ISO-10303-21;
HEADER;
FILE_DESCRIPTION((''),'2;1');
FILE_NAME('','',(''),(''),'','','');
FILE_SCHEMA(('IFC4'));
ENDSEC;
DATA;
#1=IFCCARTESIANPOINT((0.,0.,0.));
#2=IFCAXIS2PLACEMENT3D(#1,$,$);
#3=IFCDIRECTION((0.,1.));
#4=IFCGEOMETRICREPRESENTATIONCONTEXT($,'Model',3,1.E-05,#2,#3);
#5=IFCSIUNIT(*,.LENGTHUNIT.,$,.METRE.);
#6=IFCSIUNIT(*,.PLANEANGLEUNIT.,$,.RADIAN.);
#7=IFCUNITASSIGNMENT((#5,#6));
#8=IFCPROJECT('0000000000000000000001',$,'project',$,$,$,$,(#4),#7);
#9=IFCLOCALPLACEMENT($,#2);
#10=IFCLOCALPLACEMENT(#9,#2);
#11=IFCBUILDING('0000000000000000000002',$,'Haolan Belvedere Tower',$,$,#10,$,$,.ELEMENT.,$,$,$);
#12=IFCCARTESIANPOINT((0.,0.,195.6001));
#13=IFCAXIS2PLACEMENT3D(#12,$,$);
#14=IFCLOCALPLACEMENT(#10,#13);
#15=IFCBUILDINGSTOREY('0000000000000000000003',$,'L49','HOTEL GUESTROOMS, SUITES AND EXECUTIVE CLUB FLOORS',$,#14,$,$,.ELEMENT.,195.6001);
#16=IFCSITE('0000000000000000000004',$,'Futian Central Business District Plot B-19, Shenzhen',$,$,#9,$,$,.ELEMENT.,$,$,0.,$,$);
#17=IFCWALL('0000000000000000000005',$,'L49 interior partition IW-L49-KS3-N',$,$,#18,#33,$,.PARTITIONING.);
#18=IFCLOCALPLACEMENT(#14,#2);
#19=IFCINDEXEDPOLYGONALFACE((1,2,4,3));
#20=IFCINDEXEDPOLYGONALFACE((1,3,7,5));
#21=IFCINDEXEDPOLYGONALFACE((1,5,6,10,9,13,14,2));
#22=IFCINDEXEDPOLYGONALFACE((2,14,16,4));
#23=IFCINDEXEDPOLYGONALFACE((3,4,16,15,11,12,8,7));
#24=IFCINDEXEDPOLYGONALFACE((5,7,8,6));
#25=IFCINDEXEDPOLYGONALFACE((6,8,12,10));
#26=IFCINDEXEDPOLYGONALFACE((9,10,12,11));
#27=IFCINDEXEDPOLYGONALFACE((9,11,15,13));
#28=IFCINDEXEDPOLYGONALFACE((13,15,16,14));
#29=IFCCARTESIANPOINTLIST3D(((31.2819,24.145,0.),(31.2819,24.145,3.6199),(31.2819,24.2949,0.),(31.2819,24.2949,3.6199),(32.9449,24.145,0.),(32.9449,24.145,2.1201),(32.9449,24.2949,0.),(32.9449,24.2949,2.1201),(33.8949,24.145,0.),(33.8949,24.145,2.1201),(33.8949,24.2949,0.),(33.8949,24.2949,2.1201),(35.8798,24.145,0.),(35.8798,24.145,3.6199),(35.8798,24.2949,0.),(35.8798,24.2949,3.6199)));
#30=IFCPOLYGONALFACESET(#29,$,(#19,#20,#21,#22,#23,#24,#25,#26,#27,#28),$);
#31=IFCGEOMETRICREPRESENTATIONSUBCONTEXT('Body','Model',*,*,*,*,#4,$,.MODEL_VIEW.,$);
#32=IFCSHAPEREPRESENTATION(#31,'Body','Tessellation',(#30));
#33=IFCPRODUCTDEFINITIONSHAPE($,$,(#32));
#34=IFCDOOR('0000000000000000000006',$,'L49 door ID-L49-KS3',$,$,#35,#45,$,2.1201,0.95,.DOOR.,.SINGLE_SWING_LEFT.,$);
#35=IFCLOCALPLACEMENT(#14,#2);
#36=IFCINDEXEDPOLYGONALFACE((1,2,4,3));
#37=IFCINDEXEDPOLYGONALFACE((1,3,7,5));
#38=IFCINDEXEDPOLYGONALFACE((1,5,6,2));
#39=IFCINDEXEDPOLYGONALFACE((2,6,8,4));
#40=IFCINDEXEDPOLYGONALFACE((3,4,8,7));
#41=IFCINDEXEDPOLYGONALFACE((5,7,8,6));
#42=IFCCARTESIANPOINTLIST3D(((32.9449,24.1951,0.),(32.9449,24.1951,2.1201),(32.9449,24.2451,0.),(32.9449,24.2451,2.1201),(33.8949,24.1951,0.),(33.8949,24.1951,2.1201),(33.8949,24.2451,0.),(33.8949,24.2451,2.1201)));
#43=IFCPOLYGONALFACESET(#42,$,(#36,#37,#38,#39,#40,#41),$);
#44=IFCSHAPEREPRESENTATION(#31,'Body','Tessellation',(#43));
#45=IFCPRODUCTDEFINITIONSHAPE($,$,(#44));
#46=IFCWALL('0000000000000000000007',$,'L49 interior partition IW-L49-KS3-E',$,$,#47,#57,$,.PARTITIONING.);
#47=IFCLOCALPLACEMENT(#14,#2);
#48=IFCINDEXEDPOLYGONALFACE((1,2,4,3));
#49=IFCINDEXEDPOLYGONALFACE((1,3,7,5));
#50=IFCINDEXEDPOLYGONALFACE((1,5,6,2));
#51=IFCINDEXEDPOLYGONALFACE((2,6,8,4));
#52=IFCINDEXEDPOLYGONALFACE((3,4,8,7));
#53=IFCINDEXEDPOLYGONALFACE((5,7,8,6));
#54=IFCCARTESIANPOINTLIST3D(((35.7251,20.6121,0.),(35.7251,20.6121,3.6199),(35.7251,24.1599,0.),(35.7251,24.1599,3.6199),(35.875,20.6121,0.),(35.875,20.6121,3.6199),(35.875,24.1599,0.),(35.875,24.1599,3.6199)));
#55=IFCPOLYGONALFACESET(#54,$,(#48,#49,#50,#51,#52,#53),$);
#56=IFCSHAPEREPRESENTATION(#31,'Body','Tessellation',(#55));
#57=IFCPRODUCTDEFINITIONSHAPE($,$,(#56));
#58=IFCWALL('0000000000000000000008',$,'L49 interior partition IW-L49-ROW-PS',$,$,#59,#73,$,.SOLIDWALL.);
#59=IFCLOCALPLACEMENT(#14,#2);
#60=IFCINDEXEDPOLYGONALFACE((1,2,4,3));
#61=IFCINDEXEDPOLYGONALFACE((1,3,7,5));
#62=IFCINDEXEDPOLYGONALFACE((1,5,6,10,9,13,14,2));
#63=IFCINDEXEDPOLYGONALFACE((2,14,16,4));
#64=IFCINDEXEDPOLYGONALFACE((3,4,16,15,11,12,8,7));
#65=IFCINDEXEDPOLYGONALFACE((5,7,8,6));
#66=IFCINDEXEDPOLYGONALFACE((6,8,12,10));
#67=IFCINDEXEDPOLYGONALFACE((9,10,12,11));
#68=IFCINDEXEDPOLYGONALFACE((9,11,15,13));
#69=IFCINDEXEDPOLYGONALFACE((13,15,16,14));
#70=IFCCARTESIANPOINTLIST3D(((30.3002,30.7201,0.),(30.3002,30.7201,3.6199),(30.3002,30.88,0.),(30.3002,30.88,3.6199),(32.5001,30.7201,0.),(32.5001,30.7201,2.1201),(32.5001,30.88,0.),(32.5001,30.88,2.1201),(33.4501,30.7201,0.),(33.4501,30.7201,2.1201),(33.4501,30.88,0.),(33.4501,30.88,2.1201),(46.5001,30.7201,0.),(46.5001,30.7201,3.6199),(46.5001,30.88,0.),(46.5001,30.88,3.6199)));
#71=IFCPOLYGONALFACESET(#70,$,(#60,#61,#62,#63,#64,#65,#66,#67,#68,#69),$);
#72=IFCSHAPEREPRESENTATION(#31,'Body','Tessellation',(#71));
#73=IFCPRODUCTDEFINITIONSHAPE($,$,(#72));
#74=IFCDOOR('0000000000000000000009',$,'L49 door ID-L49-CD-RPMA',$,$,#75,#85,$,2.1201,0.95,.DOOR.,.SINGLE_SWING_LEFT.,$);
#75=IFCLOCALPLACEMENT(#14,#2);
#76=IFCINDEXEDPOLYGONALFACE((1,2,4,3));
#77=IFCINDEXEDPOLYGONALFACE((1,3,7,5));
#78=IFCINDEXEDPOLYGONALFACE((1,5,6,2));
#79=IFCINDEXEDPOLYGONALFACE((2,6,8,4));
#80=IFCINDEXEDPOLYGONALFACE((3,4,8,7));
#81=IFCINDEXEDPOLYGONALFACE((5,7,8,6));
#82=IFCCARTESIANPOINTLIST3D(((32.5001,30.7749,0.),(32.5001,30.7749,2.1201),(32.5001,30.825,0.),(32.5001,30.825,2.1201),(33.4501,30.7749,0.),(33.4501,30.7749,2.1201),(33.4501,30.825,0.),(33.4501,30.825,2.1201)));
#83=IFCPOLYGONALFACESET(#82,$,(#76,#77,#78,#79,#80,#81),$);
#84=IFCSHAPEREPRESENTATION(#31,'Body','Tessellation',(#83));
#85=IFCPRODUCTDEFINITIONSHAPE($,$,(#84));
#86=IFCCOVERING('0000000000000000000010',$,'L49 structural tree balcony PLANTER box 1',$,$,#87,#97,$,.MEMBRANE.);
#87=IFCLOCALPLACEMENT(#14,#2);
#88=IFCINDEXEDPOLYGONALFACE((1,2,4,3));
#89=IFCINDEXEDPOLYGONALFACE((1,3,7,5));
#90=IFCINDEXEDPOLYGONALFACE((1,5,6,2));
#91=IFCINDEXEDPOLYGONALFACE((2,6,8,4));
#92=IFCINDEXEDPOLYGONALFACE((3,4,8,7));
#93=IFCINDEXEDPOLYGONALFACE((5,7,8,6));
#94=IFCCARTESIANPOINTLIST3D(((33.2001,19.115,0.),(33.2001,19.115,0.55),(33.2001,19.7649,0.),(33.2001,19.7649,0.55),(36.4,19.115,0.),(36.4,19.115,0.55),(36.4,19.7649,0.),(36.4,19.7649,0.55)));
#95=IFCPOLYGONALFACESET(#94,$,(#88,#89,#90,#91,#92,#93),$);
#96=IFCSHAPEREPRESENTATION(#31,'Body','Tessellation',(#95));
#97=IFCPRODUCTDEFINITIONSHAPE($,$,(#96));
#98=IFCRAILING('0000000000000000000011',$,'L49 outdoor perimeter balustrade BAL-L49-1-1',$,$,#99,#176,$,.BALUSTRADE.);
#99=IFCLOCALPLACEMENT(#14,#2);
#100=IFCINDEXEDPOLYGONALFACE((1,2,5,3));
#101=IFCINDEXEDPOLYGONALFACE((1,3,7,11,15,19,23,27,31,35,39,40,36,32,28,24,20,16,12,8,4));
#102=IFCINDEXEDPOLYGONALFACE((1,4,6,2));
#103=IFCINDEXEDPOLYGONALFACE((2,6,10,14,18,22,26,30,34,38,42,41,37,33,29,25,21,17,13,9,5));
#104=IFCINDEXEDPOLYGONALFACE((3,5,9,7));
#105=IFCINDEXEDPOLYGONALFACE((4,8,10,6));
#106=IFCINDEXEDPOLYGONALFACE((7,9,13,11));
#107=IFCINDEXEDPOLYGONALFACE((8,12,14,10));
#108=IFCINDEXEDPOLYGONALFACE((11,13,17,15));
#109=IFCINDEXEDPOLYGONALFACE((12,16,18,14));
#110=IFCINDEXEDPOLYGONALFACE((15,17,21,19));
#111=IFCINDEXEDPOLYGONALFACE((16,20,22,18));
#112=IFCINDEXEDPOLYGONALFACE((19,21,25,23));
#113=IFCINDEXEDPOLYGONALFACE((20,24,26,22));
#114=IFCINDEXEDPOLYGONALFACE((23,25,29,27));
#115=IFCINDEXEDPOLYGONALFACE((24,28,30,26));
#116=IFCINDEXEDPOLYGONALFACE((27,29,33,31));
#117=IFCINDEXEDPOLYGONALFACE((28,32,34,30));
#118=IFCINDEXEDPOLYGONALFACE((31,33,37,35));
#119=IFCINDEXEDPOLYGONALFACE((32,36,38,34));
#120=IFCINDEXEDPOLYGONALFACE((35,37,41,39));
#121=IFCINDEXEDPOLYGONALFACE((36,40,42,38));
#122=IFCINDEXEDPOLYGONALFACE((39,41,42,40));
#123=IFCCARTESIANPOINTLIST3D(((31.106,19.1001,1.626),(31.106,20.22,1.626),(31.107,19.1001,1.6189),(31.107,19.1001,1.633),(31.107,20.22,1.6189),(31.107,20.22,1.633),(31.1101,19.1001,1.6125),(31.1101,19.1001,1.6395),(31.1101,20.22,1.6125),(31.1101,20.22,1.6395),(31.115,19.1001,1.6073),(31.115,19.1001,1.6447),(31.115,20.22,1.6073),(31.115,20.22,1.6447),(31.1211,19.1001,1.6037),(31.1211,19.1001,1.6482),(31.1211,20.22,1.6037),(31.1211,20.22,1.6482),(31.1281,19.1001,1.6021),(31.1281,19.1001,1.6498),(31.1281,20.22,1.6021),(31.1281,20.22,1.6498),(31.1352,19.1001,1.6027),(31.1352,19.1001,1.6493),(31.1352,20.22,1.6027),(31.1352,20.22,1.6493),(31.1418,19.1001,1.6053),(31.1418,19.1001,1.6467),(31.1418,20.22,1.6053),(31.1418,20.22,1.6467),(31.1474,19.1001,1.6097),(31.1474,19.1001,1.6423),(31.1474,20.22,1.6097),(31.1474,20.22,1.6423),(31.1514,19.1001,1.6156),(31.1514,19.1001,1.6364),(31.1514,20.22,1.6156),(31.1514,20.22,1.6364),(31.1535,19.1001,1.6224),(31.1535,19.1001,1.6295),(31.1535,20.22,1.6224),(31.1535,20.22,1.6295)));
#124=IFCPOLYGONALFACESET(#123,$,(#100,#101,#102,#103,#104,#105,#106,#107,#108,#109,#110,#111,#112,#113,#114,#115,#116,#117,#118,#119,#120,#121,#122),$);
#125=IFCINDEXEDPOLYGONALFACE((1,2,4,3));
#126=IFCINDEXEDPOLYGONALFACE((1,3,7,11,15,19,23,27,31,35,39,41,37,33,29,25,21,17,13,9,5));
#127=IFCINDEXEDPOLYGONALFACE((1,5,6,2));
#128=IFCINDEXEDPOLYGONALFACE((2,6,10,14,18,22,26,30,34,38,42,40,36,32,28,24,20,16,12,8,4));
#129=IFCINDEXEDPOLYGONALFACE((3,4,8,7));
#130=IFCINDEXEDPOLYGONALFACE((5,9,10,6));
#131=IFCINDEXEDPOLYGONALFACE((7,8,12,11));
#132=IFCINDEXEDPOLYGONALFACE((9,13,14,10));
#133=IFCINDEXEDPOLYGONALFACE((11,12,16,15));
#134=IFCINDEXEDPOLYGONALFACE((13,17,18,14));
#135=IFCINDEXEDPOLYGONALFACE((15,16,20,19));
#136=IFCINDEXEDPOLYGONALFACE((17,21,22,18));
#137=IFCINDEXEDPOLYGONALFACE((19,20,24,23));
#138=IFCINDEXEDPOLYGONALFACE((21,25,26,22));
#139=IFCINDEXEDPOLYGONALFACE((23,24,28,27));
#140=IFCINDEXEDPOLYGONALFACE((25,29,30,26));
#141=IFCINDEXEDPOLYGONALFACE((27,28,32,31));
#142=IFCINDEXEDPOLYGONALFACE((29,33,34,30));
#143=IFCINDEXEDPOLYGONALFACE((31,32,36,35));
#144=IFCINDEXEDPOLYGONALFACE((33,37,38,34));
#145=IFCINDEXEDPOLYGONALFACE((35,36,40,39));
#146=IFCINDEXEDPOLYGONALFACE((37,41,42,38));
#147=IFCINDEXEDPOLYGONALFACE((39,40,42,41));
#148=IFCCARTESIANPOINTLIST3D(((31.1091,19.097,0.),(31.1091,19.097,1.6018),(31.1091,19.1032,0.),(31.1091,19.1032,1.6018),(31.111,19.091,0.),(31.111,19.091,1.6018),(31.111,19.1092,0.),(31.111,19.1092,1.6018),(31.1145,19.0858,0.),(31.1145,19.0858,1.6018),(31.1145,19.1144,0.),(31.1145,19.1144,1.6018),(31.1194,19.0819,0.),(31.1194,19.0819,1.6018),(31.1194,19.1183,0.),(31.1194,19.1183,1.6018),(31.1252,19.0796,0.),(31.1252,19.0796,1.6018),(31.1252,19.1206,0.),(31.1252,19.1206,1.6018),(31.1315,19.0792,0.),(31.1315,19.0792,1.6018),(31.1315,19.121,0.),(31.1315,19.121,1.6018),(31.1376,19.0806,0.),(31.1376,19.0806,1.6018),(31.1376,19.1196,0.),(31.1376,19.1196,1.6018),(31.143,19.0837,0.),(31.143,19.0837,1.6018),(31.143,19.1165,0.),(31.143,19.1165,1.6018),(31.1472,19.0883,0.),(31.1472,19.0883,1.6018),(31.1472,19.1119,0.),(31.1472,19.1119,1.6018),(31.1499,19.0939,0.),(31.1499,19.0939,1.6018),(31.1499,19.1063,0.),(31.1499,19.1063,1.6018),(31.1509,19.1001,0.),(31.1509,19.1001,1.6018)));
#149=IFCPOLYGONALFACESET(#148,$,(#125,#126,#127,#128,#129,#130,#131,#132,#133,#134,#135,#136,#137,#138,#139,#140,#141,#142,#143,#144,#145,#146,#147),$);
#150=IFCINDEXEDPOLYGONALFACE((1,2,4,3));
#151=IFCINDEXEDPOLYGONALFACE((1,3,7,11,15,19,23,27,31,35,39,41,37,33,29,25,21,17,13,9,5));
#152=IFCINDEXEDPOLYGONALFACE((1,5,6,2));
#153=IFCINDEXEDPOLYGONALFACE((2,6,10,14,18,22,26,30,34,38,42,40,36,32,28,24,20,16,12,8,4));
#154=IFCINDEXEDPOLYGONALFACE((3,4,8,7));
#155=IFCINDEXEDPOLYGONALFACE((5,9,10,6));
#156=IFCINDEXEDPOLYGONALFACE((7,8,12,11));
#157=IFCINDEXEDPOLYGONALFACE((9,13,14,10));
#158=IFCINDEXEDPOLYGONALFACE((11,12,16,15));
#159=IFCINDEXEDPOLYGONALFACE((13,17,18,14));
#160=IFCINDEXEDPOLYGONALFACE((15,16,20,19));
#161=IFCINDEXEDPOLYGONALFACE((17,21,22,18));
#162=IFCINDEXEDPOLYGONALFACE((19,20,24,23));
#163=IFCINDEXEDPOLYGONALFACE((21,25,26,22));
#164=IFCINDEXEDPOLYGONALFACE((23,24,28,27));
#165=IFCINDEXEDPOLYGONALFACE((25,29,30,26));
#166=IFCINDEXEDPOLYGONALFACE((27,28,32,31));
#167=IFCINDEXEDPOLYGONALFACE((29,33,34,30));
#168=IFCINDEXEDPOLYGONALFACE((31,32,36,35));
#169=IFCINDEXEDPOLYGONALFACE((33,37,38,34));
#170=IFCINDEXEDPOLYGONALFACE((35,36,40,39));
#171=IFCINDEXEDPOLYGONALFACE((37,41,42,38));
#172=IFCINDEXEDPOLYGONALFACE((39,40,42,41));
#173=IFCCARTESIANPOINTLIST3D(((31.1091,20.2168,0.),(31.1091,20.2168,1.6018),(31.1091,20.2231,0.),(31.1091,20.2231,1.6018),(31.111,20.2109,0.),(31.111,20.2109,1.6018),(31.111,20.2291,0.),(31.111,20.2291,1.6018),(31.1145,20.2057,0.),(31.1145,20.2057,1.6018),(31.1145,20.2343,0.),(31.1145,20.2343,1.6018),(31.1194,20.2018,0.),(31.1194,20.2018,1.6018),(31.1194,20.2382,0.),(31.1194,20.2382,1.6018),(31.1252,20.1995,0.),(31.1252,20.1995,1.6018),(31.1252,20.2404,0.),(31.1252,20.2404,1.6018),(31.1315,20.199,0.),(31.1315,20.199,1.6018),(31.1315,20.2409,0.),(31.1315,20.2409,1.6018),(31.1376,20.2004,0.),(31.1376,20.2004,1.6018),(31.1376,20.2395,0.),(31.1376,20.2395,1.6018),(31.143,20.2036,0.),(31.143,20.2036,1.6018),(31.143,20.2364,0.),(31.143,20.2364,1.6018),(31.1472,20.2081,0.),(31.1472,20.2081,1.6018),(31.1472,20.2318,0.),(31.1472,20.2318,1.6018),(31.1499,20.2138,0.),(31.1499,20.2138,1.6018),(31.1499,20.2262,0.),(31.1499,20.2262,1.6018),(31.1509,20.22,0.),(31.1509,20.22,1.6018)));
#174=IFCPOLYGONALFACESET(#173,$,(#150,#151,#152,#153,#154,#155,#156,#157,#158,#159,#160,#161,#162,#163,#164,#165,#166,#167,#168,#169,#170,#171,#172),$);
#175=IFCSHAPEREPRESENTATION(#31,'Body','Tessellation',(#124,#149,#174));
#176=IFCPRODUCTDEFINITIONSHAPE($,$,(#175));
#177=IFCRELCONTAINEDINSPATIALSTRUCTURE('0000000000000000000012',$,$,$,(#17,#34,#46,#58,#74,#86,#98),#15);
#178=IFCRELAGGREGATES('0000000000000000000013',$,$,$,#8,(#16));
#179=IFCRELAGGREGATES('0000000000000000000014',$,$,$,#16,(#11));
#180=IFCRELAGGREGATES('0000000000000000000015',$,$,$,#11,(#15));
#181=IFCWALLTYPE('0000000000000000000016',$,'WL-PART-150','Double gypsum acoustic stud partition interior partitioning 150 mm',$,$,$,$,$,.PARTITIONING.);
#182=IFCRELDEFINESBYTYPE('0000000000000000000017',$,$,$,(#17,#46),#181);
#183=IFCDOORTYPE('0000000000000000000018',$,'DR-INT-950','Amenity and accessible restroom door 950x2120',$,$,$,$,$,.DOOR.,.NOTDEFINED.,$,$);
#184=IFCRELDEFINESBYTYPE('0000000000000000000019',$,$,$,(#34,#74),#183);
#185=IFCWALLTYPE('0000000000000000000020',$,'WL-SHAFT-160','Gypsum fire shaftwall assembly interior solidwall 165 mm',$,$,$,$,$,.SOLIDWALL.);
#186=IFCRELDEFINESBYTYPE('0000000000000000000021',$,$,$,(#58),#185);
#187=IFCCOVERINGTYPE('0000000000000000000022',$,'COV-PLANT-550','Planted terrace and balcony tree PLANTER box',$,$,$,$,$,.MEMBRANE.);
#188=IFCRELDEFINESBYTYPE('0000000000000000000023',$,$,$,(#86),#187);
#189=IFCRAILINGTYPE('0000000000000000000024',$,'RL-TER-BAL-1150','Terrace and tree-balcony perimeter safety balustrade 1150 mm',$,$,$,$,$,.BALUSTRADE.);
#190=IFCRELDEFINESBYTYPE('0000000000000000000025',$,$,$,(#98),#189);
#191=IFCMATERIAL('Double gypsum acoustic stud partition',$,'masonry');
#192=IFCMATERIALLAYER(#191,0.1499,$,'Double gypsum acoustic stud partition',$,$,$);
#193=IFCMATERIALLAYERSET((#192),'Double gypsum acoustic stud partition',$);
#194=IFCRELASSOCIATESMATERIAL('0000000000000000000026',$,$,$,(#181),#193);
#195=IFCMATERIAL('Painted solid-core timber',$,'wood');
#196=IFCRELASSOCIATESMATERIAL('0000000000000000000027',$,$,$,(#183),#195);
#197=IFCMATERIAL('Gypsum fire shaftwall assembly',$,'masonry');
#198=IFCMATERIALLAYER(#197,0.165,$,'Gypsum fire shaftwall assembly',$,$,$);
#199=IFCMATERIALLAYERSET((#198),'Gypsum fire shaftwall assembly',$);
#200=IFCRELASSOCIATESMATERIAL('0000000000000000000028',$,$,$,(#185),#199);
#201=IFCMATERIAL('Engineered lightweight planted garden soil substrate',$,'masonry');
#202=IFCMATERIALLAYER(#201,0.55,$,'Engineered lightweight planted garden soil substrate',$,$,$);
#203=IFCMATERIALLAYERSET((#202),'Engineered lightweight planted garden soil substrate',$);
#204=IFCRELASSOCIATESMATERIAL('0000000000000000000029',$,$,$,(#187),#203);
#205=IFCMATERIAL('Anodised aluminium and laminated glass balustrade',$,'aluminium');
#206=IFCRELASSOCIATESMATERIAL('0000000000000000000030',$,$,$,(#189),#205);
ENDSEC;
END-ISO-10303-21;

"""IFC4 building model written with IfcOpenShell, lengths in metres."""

from ifc_helpers import new_model, si_unit, direction, frame, frame_2d, origin, origin_2d, place, context, subcontext, project, spatial, rectangle, circle, extrude, material, layer, layer_set, type_object, element, fill, save


model = new_model("IFC4")

# Units and contexts
model_context = context("Model", 3, precision=1e-05, world=origin(), true_north=direction((0.0, 1.0)))
body_context = subcontext(model_context, "Body", "Model", "MODEL_VIEW")
ifc_project = project(units=[si_unit("LENGTHUNIT", "METRE"), si_unit("PLANEANGLEUNIT", "RADIAN")], contexts=[model_context])

# Site, building, storey
site_placement = place(None, origin())
site = spatial("IfcSite", under=ifc_project, at=site_placement, Name="Futian Central Business District Plot B-19, Shenzhen", CompositionType="ELEMENT", RefElevation=0.0)
building_placement = place(site_placement, origin())
building = spatial("IfcBuilding", under=site, at=building_placement, Name="Haolan Belvedere Tower", CompositionType="ELEMENT")
storey_placement = place(building_placement, frame((0.0, 0.0, 195.6001)))
storey = spatial("IfcBuildingStorey", under=building, at=storey_placement, Name="L49", Description="HOTEL GUESTROOMS, SUITES AND EXECUTIVE CLUB FLOORS", CompositionType="ELEMENT", Elevation=195.6001)

# Shared definitions
ifc_material_1 = material(Name="Double gypsum acoustic stud partition", Category="masonry")
ifc_layer_1 = layer(ifc_material_1, 0.1499, Name="Double gypsum acoustic stud partition")
ifc_layer_set_1 = layer_set([ifc_layer_1], Name="Double gypsum acoustic stud partition")
wall_type_1 = type_object("IfcWallType", Name="WL-PART-150", Description="Double gypsum acoustic stud partition interior partitioning 150 mm", PredefinedType="PARTITIONING", material=ifc_layer_set_1)
ifc_material_2 = material(Name="Painted solid-core timber", Category="wood")
door_type_1 = type_object("IfcDoorType", Name="DR-INT-950", Description="Amenity and accessible restroom door 950x2120", OperationType="NOTDEFINED", PredefinedType="DOOR", material=ifc_material_2)

# Wall, opening, door
wall_1_placement = place(storey_placement, frame((31.282, 24.22, 0.0), z_axis=(0.0, 0.0, 1.0), x_axis=(1.0, 0.0, 0.0)))
wall_1 = element("IfcWall", 1, at=wall_1_placement, inside=storey, type_object=wall_type_1, Name="L49 interior partition IW-L49-KS3-N", PredefinedType="PARTITIONING", context=body_context, shape_type="SweptSolid", body=[
    extrude(rectangle(XDim=4.5979, YDim=0.1499, at=frame_2d((2.2988, 0.0))), origin(), (0.0, 0.0, 1.0), 3.6199),
])
opening_1_placement = place(wall_1_placement, frame((2.613, 0.0, 0.0), z_axis=(0.0, 0.0, 1.0), x_axis=(-1.0, 0.0, 0.0)))
opening_1 = element("IfcOpeningElement", 2, at=opening_1_placement, cuts=wall_1, PredefinedType="OPENING", context=body_context, shape_type="SweptSolid", body=[
    extrude(rectangle(XDim=0.95, YDim=2.1201, at=frame_2d((0.4751, 1.0601))), frame((0.0, 0.085, 0.0), z_axis=(0.0, -1.0, 0.0), x_axis=(1.0, 0.0, 0.0)), (0.0, 0.0, 1.0), 0.1699),
])
door_1_placement = place(opening_1_placement, origin())
door_1 = element("IfcDoor", 3, at=door_1_placement, inside=storey, type_object=door_type_1, Name="L49 door ID-L49-KS3", OperationType="SINGLE_SWING_LEFT", OverallHeight=2.1201, OverallWidth=0.95, PredefinedType="DOOR", context=body_context, shape_type="SweptSolid", body=[
    extrude(rectangle(XDim=0.95, YDim=2.1201, at=frame_2d((0.4751, 1.0601))), frame((0.0, 0.0249, 0.0), z_axis=(0.0, -1.0, 0.0), x_axis=(1.0, 0.0, 0.0)), (0.0, 0.0, 1.0), 0.05),
])
fill(opening_1, door_1)

# Wall
wall_2_placement = place(storey_placement, frame((35.8, 20.6121, 0.0), z_axis=(0.0, 0.0, 1.0), x_axis=(0.0, 1.0, 0.0)))
element("IfcWall", 4, at=wall_2_placement, inside=storey, type_object=wall_type_1, Name="L49 interior partition IW-L49-KS3-E", PredefinedType="PARTITIONING", context=body_context, shape_type="SweptSolid", body=[
    extrude(rectangle(XDim=3.5479, YDim=0.1499, at=frame_2d((1.7739, 0.0))), origin(), (0.0, 0.0, 1.0), 3.6199),
])

# Wall, opening, door
ifc_material_3 = material(Name="Gypsum fire shaftwall assembly", Category="masonry")
ifc_layer_2 = layer(ifc_material_3, 0.165, Name="Gypsum fire shaftwall assembly")
ifc_layer_set_2 = layer_set([ifc_layer_2], Name="Gypsum fire shaftwall assembly")
wall_type_2 = type_object("IfcWallType", Name="WL-SHAFT-160", Description="Gypsum fire shaftwall assembly interior solidwall 165 mm", PredefinedType="SOLIDWALL", material=ifc_layer_set_2)
wall_3_placement = place(storey_placement, frame((30.3, 30.8, 0.0), z_axis=(0.0, 0.0, 1.0), x_axis=(1.0, 0.0, 0.0)))
wall_3 = element("IfcWall", 5, at=wall_3_placement, inside=storey, type_object=wall_type_2, Name="L49 interior partition IW-L49-ROW-PS", PredefinedType="SOLIDWALL", context=body_context, shape_type="SweptSolid", body=[
    extrude(rectangle(XDim=16.2, YDim=0.1599, at=frame_2d((8.1001, 0.0))), origin(), (0.0, 0.0, 1.0), 3.6199),
])
opening_2_placement = place(wall_3_placement, frame((2.2, 0.0, 0.0)))
opening_2 = element("IfcOpeningElement", 6, at=opening_2_placement, cuts=wall_3, PredefinedType="OPENING", context=body_context, shape_type="SweptSolid", body=[
    extrude(rectangle(XDim=0.95, YDim=2.1201, at=frame_2d((0.4751, 1.0601))), frame((0.0, 0.0898, 0.0), z_axis=(0.0, -1.0, 0.0), x_axis=(1.0, 0.0, 0.0)), (0.0, 0.0, 1.0), 0.1799),
])
door_2_placement = place(opening_2_placement, origin())
door_2 = element("IfcDoor", 7, at=door_2_placement, inside=storey, type_object=door_type_1, Name="L49 door ID-L49-CD-RPMA", OperationType="SINGLE_SWING_LEFT", OverallHeight=2.1201, OverallWidth=0.95, PredefinedType="DOOR", context=body_context, shape_type="SweptSolid", body=[
    extrude(rectangle(XDim=0.95, YDim=2.1201, at=frame_2d((0.4751, 1.0601))), frame((0.0, 0.0249, 0.0), z_axis=(0.0, -1.0, 0.0), x_axis=(1.0, 0.0, 0.0)), (0.0, 0.0, 1.0), 0.05),
])
fill(opening_2, door_2)

# Covering
ifc_material_4 = material(Name="Engineered lightweight planted garden soil substrate", Category="masonry")
ifc_layer_3 = layer(ifc_material_4, 0.55, Name="Engineered lightweight planted garden soil substrate")
ifc_layer_set_3 = layer_set([ifc_layer_3], Name="Engineered lightweight planted garden soil substrate")
covering_type = type_object("IfcCoveringType", Name="COV-PLANT-550", Description="Planted terrace and balcony tree PLANTER box", PredefinedType="MEMBRANE", material=ifc_layer_set_3)
covering_placement = place(storey_placement, frame((34.8, 19.4399, 0.0), z_axis=(0.0, 0.0, 1.0), x_axis=(1.0, 0.0, 0.0)))
element("IfcCovering", 8, at=covering_placement, inside=storey, type_object=covering_type, Name="L49 structural tree balcony PLANTER box 1", PredefinedType="MEMBRANE", context=body_context, shape_type="SweptSolid", body=[
    extrude(rectangle(XDim=3.2, YDim=0.6499, at=origin_2d()), origin(), (0.0, 0.0, 1.0), 0.55),
])

# Railing
ifc_material_5 = material(Name="Anodised aluminium and laminated glass balustrade", Category="aluminium")
railing_type = type_object("IfcRailingType", Name="RL-TER-BAL-1150", Description="Terrace and tree-balcony perimeter safety balustrade 1150 mm", PredefinedType="BALUSTRADE", material=ifc_material_5)
railing_1_placement = place(storey_placement, frame((31.1299, 19.1001, 0.0)))
element("IfcRailing", 9, at=railing_1_placement, inside=storey, type_object=railing_type, Name="L49 outdoor perimeter balustrade BAL-L49-1-1", PredefinedType="BALUSTRADE", context=body_context, shape_type="SweptSolid", body=[
    extrude(circle(Radius=0.0239, at=origin_2d()), frame((0.0, 0.0, 1.626), z_axis=(0.0, 1.0, 0.0), x_axis=(-1.0, 0.0, 0.0)), (0.0, 0.0, 1.0), 1.1199),
    extrude(circle(Radius=0.021, at=origin_2d()), origin(), (0.0, 0.0, 1.0), 1.6018),
    extrude(circle(Radius=0.021, at=origin_2d()), frame((0.0, 1.1199, 0.0)), (0.0, 0.0, 1.0), 1.6018),
])

save(model, "model.ifc")
